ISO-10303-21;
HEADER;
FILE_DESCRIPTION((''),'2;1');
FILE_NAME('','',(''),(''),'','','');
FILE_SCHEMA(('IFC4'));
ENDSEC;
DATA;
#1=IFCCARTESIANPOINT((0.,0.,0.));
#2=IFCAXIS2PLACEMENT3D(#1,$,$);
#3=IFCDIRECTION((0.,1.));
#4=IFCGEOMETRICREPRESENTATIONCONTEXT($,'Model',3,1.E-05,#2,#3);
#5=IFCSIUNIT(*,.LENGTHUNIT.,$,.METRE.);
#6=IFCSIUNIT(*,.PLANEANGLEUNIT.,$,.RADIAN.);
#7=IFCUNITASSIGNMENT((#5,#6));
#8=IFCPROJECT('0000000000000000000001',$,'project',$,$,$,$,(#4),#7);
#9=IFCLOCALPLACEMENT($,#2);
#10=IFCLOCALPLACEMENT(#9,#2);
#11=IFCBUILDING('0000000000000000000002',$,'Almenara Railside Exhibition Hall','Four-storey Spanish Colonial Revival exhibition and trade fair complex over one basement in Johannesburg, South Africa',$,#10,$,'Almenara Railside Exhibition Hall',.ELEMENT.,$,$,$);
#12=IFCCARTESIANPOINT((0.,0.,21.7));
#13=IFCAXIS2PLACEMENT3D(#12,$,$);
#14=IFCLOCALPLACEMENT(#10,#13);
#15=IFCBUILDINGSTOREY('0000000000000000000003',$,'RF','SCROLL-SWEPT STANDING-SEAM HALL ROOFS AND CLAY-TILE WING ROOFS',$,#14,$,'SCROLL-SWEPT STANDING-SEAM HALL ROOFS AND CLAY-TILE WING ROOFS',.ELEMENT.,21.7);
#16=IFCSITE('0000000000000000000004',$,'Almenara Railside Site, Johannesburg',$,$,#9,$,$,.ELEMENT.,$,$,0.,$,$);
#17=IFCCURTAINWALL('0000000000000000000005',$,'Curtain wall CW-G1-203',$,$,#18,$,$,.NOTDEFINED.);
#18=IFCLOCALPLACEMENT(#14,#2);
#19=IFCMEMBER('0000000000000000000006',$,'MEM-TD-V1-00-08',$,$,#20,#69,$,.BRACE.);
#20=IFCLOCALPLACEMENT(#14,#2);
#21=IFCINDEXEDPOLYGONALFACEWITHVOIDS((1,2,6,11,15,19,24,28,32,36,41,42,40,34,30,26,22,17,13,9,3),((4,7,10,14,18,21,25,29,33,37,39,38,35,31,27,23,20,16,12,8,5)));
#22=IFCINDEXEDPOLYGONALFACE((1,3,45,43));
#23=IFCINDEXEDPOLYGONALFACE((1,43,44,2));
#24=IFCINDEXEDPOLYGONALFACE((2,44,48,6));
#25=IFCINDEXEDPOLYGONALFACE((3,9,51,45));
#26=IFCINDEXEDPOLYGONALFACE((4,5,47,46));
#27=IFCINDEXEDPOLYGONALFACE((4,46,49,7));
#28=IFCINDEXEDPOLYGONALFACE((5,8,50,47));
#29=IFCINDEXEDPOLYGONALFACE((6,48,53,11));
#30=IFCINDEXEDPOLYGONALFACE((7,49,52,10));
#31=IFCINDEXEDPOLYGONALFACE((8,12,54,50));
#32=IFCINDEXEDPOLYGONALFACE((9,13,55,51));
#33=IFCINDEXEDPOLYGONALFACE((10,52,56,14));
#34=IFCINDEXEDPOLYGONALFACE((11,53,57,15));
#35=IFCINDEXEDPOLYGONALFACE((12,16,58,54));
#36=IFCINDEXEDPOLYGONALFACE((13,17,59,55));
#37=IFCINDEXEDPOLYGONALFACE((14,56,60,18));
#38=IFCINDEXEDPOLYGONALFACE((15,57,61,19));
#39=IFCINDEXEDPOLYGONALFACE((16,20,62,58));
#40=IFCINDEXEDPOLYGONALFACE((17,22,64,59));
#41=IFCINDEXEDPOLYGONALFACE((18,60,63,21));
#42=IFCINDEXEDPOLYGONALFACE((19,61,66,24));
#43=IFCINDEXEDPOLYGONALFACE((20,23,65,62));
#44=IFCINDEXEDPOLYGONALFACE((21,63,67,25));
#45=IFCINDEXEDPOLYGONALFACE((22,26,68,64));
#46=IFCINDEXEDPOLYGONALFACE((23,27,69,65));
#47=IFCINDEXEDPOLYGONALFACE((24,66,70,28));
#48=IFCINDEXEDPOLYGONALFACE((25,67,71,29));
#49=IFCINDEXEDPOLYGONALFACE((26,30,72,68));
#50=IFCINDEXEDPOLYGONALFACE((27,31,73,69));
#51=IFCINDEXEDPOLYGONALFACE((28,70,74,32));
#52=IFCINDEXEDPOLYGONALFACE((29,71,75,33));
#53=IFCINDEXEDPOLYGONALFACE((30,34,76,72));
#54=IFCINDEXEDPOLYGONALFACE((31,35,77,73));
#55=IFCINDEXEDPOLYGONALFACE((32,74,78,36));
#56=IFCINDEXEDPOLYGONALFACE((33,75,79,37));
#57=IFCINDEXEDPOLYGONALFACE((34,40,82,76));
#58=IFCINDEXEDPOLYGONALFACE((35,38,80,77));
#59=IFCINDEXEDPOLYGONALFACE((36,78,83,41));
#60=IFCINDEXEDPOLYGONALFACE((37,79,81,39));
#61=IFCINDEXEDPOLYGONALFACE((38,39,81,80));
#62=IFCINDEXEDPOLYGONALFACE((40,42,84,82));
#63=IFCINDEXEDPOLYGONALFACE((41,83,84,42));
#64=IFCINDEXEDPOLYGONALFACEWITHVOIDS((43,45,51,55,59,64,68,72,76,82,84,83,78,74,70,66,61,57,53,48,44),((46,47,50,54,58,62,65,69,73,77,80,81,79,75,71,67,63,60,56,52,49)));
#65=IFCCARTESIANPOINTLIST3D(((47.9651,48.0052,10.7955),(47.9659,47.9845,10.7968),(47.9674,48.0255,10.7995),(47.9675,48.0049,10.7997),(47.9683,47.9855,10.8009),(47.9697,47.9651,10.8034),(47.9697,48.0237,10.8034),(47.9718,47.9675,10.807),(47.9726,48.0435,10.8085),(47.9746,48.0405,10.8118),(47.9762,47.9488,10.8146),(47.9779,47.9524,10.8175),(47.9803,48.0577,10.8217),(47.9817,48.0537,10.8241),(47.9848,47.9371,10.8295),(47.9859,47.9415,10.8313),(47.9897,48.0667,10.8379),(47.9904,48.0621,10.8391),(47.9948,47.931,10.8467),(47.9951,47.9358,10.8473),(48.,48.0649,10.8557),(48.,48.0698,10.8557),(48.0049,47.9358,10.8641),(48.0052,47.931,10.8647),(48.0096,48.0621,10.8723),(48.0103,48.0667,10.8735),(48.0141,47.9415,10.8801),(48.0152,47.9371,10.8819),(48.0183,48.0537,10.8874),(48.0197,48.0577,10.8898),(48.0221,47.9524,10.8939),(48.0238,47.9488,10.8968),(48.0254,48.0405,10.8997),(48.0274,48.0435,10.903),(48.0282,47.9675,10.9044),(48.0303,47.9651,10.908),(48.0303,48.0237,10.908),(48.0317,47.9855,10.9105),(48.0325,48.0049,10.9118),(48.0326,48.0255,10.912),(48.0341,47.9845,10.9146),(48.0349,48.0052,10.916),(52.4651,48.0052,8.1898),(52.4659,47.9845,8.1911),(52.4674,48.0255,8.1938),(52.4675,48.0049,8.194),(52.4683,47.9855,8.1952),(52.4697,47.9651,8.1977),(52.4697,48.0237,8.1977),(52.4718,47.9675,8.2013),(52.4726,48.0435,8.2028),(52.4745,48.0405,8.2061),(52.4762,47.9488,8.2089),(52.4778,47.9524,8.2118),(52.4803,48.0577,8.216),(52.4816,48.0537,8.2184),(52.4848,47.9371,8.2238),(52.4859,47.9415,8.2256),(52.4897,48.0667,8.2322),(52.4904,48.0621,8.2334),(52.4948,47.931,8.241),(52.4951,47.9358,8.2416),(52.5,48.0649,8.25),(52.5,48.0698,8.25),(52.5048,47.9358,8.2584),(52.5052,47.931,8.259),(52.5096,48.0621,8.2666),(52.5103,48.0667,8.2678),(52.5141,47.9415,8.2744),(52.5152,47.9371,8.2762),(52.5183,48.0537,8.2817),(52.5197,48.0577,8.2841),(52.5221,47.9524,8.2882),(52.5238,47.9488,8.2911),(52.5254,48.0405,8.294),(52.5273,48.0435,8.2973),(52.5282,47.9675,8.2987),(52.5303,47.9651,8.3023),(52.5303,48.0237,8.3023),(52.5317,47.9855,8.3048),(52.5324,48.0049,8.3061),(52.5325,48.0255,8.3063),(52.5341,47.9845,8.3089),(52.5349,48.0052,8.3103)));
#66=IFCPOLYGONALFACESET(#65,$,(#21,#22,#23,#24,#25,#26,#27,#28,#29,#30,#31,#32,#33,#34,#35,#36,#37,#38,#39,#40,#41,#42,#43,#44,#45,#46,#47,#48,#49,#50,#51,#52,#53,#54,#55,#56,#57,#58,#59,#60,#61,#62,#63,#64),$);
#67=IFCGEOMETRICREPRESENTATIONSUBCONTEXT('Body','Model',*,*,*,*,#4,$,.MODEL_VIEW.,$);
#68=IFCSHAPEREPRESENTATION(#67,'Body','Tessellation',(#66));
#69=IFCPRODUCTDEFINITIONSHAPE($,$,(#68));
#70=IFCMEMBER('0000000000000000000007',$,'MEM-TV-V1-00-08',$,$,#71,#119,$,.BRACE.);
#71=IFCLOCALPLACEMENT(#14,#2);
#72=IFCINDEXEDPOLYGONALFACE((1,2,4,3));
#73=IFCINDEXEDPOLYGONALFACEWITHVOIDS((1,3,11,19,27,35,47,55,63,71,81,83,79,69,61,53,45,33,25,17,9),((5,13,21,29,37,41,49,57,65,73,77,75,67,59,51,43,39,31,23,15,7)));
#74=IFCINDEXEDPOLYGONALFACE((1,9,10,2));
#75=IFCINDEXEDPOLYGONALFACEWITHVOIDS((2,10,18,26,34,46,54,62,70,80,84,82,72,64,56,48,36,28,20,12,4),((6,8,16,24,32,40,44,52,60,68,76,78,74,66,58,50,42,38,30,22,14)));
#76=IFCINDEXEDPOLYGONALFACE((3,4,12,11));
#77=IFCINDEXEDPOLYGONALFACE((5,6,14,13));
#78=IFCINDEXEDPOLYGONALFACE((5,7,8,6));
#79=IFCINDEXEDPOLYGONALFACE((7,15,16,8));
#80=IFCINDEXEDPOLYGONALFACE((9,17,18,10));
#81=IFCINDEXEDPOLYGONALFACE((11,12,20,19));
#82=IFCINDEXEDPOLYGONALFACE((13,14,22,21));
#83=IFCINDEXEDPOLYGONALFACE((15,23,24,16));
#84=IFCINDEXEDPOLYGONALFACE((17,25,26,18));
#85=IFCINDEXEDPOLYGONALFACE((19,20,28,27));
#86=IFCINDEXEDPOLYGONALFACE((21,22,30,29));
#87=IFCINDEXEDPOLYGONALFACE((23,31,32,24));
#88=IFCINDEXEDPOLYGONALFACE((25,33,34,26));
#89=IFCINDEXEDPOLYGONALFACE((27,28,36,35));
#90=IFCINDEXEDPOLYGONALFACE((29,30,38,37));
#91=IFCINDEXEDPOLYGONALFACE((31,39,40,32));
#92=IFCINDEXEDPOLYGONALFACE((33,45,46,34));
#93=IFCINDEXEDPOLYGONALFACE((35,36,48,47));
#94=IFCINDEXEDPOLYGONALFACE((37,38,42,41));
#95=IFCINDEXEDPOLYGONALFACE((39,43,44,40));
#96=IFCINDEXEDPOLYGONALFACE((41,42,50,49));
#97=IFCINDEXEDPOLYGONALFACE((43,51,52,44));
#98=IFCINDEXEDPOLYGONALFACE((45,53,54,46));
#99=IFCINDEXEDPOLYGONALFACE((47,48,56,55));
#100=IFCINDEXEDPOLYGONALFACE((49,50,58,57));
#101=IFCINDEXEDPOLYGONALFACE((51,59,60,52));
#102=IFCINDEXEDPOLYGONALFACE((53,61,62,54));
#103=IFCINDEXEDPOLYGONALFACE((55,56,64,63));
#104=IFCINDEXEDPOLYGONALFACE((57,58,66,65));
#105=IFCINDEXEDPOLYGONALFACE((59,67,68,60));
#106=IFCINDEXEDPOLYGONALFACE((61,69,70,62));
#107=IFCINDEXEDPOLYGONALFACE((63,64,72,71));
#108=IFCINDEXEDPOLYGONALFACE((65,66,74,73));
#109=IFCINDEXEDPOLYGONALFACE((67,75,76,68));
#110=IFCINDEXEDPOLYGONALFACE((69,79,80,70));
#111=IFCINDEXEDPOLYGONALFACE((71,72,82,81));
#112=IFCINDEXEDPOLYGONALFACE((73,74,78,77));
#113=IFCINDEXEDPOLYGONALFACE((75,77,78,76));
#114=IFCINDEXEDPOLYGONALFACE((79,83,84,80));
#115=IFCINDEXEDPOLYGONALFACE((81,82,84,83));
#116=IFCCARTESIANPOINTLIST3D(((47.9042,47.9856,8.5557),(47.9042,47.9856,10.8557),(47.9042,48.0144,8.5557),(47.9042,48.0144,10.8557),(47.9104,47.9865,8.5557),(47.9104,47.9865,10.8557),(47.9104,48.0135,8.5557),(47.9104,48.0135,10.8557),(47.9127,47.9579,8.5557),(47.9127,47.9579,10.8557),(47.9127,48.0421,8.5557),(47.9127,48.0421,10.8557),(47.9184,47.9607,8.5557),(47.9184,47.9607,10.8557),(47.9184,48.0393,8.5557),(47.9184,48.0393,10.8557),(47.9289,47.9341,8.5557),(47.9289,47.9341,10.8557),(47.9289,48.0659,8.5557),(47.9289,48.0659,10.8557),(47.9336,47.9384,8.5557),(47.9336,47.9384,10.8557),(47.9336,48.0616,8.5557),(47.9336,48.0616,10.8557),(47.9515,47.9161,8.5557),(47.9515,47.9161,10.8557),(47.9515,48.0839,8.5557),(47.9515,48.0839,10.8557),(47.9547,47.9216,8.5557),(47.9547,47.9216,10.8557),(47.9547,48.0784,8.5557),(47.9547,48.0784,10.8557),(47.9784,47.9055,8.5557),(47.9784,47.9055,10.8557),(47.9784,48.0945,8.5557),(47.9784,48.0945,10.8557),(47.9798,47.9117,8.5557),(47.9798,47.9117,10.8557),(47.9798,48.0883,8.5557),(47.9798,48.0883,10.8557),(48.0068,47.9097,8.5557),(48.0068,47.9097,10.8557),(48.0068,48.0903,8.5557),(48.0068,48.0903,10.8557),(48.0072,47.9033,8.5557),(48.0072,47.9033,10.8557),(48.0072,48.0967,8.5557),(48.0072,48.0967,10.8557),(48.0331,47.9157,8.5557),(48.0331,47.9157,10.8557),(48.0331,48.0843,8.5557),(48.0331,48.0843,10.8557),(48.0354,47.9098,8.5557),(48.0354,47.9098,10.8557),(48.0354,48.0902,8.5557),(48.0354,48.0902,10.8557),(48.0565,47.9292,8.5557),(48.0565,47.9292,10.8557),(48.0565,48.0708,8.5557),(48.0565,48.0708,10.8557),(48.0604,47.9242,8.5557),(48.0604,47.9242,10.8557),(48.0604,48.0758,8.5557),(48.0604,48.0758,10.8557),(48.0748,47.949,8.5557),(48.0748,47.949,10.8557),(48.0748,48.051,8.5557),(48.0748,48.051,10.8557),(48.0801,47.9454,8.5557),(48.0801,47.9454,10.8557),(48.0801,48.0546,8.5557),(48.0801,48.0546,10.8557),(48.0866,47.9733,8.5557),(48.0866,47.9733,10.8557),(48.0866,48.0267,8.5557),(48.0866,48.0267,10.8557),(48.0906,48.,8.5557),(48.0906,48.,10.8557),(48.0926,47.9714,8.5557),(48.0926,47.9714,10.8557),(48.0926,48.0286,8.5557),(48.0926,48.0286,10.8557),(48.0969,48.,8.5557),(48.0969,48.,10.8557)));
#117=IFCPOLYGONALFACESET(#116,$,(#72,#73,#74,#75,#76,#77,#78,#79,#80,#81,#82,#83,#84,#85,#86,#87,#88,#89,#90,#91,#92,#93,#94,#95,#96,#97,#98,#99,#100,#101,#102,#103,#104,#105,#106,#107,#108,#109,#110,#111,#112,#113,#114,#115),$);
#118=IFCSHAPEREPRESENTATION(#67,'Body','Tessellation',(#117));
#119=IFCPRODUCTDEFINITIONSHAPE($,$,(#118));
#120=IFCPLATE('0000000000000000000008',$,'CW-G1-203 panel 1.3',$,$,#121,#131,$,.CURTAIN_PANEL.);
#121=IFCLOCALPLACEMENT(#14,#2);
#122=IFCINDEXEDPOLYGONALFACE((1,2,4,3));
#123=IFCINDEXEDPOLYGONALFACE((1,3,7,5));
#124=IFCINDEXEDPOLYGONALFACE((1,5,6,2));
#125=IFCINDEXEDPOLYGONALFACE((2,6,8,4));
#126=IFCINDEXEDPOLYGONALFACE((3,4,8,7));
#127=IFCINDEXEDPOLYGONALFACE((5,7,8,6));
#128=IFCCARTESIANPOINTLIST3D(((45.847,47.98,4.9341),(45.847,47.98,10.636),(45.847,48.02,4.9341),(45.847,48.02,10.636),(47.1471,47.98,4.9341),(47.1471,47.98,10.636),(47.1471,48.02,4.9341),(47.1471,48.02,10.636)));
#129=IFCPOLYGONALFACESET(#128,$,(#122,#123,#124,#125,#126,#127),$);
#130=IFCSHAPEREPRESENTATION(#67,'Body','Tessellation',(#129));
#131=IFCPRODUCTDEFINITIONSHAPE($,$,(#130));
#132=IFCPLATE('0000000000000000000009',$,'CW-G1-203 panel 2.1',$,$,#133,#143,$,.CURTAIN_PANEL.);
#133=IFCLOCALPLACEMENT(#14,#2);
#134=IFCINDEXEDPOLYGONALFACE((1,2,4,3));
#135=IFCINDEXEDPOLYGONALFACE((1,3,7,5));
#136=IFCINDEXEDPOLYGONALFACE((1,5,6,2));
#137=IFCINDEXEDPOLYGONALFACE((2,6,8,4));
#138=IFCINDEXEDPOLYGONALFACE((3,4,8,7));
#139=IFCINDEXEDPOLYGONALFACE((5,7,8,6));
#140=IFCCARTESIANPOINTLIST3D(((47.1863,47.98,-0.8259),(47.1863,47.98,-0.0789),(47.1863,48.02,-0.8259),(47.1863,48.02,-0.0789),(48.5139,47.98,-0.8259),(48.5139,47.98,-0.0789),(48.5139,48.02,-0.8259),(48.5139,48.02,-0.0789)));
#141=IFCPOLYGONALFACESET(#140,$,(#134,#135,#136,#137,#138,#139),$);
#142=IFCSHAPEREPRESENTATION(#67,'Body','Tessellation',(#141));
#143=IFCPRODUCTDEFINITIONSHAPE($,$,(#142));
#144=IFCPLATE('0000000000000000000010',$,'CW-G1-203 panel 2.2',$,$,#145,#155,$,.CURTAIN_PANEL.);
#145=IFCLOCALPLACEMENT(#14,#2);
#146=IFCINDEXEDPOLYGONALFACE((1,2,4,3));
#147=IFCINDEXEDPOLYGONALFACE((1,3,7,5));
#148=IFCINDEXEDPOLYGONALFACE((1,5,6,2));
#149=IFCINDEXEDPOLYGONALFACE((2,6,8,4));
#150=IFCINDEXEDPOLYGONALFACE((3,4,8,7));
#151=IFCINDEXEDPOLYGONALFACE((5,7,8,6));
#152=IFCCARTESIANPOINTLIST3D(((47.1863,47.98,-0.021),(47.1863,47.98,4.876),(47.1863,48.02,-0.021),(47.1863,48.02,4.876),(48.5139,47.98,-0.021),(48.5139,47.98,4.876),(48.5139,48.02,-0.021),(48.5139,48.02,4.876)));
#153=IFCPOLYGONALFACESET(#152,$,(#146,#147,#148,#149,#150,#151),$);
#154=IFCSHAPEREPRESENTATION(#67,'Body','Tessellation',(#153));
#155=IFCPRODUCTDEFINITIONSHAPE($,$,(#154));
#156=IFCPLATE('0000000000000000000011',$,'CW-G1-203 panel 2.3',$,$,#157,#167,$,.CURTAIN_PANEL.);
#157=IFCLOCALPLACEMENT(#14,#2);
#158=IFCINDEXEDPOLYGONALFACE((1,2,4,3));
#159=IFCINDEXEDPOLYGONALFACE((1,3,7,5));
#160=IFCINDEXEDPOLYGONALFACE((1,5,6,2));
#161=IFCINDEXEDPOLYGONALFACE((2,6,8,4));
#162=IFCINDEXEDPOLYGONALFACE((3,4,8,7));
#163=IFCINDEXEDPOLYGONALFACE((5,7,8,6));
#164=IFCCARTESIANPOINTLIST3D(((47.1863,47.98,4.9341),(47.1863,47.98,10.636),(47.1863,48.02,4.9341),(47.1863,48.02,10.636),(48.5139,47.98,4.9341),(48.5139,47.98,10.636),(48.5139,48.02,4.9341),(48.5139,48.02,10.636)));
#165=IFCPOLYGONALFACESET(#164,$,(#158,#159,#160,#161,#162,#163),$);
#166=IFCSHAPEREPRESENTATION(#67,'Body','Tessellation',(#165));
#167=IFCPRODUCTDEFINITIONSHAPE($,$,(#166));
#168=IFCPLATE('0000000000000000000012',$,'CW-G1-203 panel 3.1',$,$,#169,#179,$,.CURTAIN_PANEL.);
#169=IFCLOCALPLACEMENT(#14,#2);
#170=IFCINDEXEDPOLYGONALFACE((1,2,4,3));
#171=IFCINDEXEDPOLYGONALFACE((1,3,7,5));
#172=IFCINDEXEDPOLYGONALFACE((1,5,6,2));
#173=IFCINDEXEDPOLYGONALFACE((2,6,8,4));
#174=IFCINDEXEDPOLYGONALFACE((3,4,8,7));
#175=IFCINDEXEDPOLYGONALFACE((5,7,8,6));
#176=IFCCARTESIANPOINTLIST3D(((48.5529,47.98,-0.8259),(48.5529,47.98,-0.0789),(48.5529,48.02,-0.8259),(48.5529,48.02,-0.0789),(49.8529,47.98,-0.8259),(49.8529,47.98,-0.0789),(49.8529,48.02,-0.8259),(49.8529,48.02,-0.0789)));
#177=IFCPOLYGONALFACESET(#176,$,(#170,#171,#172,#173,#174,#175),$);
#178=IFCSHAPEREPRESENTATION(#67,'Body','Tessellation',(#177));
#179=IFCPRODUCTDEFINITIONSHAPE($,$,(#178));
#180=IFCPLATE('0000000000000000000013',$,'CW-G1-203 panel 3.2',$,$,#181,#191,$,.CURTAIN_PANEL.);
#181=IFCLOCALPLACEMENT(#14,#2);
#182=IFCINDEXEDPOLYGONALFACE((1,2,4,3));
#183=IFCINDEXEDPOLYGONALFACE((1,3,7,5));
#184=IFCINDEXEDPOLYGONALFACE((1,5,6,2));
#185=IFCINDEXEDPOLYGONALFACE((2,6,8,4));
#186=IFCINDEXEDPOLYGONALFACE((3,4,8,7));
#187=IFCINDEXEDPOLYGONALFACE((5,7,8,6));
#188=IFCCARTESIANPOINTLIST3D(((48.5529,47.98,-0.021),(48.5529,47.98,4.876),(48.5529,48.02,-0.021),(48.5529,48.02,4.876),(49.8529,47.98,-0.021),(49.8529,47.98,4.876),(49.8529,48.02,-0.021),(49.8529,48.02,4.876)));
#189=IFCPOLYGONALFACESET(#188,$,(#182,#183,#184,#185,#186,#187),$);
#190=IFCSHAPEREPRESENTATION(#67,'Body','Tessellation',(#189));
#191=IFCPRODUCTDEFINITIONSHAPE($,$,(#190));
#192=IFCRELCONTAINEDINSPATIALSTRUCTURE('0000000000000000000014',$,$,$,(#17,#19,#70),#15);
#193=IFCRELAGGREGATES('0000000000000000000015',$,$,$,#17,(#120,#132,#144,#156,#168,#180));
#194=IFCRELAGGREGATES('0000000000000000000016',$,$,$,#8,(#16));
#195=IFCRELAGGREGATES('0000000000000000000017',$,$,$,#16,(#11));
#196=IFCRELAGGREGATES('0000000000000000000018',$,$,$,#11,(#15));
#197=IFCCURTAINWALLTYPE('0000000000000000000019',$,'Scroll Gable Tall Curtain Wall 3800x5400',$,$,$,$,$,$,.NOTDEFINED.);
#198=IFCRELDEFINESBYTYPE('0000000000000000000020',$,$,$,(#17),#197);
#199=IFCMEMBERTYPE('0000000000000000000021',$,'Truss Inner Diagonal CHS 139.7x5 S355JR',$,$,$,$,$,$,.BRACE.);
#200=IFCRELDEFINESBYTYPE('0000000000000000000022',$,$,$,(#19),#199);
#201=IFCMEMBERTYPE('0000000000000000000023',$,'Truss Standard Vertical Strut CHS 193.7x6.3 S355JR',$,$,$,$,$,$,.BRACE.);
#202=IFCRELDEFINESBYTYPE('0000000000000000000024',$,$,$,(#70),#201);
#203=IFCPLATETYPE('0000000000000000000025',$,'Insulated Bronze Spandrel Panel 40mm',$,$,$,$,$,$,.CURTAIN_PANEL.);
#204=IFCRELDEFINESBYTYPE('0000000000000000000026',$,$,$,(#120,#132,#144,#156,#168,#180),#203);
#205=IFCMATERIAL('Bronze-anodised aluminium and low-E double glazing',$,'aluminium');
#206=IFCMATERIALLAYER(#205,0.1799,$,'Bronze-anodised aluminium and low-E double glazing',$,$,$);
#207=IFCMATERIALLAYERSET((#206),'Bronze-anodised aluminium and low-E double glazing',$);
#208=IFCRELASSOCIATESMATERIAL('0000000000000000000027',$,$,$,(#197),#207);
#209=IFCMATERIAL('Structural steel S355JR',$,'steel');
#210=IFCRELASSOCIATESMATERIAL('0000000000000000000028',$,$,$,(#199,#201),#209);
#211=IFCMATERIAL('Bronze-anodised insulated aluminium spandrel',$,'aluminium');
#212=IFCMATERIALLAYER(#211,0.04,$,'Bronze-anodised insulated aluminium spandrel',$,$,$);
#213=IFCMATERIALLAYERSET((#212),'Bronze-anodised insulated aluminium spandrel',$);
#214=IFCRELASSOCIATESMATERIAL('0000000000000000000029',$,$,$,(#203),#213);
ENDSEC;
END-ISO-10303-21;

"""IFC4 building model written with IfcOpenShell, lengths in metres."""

from ifc_helpers import new_model, si_unit, direction, frame, origin, origin_2d, place, context, subcontext, project, spatial, rectangle, hollow_circle, extrude, material, layer, layer_set, material_profile, profile_set, type_object, element, aggregate, save


model = new_model("IFC4")

# Units and contexts
model_context = context("Model", 3, precision=1e-05, world=origin(), true_north=direction((0.0, 1.0)))
body_context = subcontext(model_context, "Body", "Model", "MODEL_VIEW")
ifc_project = project(units=[si_unit("LENGTHUNIT", "METRE"), si_unit("PLANEANGLEUNIT", "RADIAN")], contexts=[model_context])

# Site, building, storey
site_placement = place(None, origin())
site = spatial("IfcSite", under=ifc_project, at=site_placement, Name="Almenara Railside Site, Johannesburg", CompositionType="ELEMENT", RefElevation=0.0)
building_placement = place(site_placement, origin())
building = spatial("IfcBuilding", under=site, at=building_placement, Name="Almenara Railside Exhibition Hall", Description="Four-storey Spanish Colonial Revival exhibition and trade fair complex over one basement in Johannesburg, South Africa", LongName="Almenara Railside Exhibition Hall", CompositionType="ELEMENT")
storey_placement = place(building_placement, frame((0.0, 0.0, 21.7)))
storey = spatial("IfcBuildingStorey", under=building, at=storey_placement, Name="RF", Description="SCROLL-SWEPT STANDING-SEAM HALL ROOFS AND CLAY-TILE WING ROOFS", LongName="SCROLL-SWEPT STANDING-SEAM HALL ROOFS AND CLAY-TILE WING ROOFS", CompositionType="ELEMENT", Elevation=21.7)

# Shared definitions
ifc_material_1 = material(Name="Structural steel S355JR", Category="steel")

# Curtain wall
ifc_material_2 = material(Name="Bronze-anodised aluminium and low-E double glazing", Category="aluminium")
ifc_layer_1 = layer(ifc_material_2, 0.1799, Name="Bronze-anodised aluminium and low-E double glazing")
ifc_layer_set_1 = layer_set([ifc_layer_1], Name="Bronze-anodised aluminium and low-E double glazing")
curtain_wall_type = type_object("IfcCurtainWallType", Name="Scroll Gable Tall Curtain Wall 3800x5400", PredefinedType="NOTDEFINED", material=ifc_layer_set_1)
curtain_wall_1_placement = place(storey_placement, origin())
curtain_wall_1 = element("IfcCurtainWall", 1, at=curtain_wall_1_placement, inside=storey, type_object=curtain_wall_type, Name="Curtain wall CW-G1-203", PredefinedType="NOTDEFINED")

# Members
ifc_material_profile_1 = material_profile(ifc_material_1, hollow_circle(Radius=0.0698, WallThickness=0.0049, at=origin_2d()), Name="CHS 139.7x5")
ifc_profile_set_1 = profile_set([ifc_material_profile_1], Name="Structural steel S355JR")
member_type_1 = type_object("IfcMemberType", Name="Truss Inner Diagonal CHS 139.7x5 S355JR", PredefinedType="BRACE", material=ifc_profile_set_1)
member_1_placement = place(storey_placement, frame((48.0, 48.0, 10.8557), z_axis=(0.865389, 0.0, -0.501101), x_axis=(0.0, 1.0, 0.0)))
element("IfcMember", 2, at=member_1_placement, inside=storey, type_object=member_type_1, Name="MEM-TD-V1-00-08", PredefinedType="BRACE", context=body_context, shape_type="SweptSolid", body=[
    extrude(hollow_circle(Radius=0.0698, WallThickness=0.0049, at=origin_2d()), origin(), (0.0, 0.0, 1.0), 5.2),
])
ifc_material_profile_2 = material_profile(ifc_material_1, hollow_circle(Radius=0.0969, WallThickness=0.0063, at=origin_2d()), Name="CHS 193.7x6.3")
ifc_profile_set_2 = profile_set([ifc_material_profile_2], Name="Structural steel S355JR")
member_type_2 = type_object("IfcMemberType", Name="Truss Standard Vertical Strut CHS 193.7x6.3 S355JR", PredefinedType="BRACE", material=ifc_profile_set_2)
member_2_placement = place(storey_placement, frame((48.0, 48.0, 8.5557), z_axis=(0.0, 0.0, 1.0), x_axis=(1.0, 0.0, 0.0)))
element("IfcMember", 3, at=member_2_placement, inside=storey, type_object=member_type_2, Name="MEM-TV-V1-00-08", PredefinedType="BRACE", context=body_context, shape_type="SweptSolid", body=[
    extrude(hollow_circle(Radius=0.0969, WallThickness=0.0063, at=origin_2d()), origin(), (0.0, 0.0, 1.0), 2.3),
])

# Plates
ifc_material_3 = material(Name="Bronze-anodised insulated aluminium spandrel", Category="aluminium")
ifc_layer_2 = layer(ifc_material_3, 0.04, Name="Bronze-anodised insulated aluminium spandrel")
ifc_layer_set_2 = layer_set([ifc_layer_2], Name="Bronze-anodised insulated aluminium spandrel")
plate_type_1 = type_object("IfcPlateType", Name="Insulated Bronze Spandrel Panel 40mm", PredefinedType="CURTAIN_PANEL", material=ifc_layer_set_2)
plate_1_placement = place(storey_placement, frame((46.4971, 48.0, 4.9341), z_axis=(0.0, 0.0, 1.0), x_axis=(1.0, 0.0, 0.0)))
plate_1 = element("IfcPlate", 4, at=plate_1_placement, type_object=plate_type_1, Name="CW-G1-203 panel 1.3", PredefinedType="CURTAIN_PANEL", context=body_context, shape_type="SweptSolid", body=[
    extrude(rectangle(XDim=1.3, YDim=0.04, at=origin_2d()), origin(), (0.0, 0.0, 1.0), 5.7019),
])
plate_2_placement = place(storey_placement, frame((47.8501, 48.0, -0.8259), z_axis=(0.0, 0.0, 1.0), x_axis=(1.0, 0.0, 0.0)))
plate_2 = element("IfcPlate", 5, at=plate_2_placement, type_object=plate_type_1, Name="CW-G1-203 panel 2.1", PredefinedType="CURTAIN_PANEL", context=body_context, shape_type="SweptSolid", body=[
    extrude(rectangle(XDim=1.3276, YDim=0.04, at=origin_2d()), origin(), (0.0, 0.0, 1.0), 0.7471),
])
plate_3_placement = place(storey_placement, frame((47.8501, 48.0, -0.021), z_axis=(0.0, 0.0, 1.0), x_axis=(1.0, 0.0, 0.0)))
plate_3 = element("IfcPlate", 6, at=plate_3_placement, type_object=plate_type_1, Name="CW-G1-203 panel 2.2", PredefinedType="CURTAIN_PANEL", context=body_context, shape_type="SweptSolid", body=[
    extrude(rectangle(XDim=1.3276, YDim=0.04, at=origin_2d()), origin(), (0.0, 0.0, 1.0), 4.897),
])
plate_4_placement = place(storey_placement, frame((47.8501, 48.0, 4.9341), z_axis=(0.0, 0.0, 1.0), x_axis=(1.0, 0.0, 0.0)))
plate_4 = element("IfcPlate", 7, at=plate_4_placement, type_object=plate_type_1, Name="CW-G1-203 panel 2.3", PredefinedType="CURTAIN_PANEL", context=body_context, shape_type="SweptSolid", body=[
    extrude(rectangle(XDim=1.3276, YDim=0.04, at=origin_2d()), origin(), (0.0, 0.0, 1.0), 5.7019),
])
plate_5_placement = place(storey_placement, frame((49.2029, 48.0, -0.8259), z_axis=(0.0, 0.0, 1.0), x_axis=(1.0, 0.0, 0.0)))
plate_5 = element("IfcPlate", 8, at=plate_5_placement, type_object=plate_type_1, Name="CW-G1-203 panel 3.1", PredefinedType="CURTAIN_PANEL", context=body_context, shape_type="SweptSolid", body=[
    extrude(rectangle(XDim=1.3, YDim=0.04, at=origin_2d()), origin(), (0.0, 0.0, 1.0), 0.7471),
])
plate_6_placement = place(storey_placement, frame((49.2029, 48.0, -0.021), z_axis=(0.0, 0.0, 1.0), x_axis=(1.0, 0.0, 0.0)))
plate_6 = element("IfcPlate", 9, at=plate_6_placement, type_object=plate_type_1, Name="CW-G1-203 panel 3.2", PredefinedType="CURTAIN_PANEL", context=body_context, shape_type="SweptSolid", body=[
    extrude(rectangle(XDim=1.3, YDim=0.04, at=origin_2d()), origin(), (0.0, 0.0, 1.0), 4.897),
])
aggregate(curtain_wall_1, [plate_1, plate_2, plate_3, plate_4, plate_5, plate_6])

save(model, "model.ifc")
